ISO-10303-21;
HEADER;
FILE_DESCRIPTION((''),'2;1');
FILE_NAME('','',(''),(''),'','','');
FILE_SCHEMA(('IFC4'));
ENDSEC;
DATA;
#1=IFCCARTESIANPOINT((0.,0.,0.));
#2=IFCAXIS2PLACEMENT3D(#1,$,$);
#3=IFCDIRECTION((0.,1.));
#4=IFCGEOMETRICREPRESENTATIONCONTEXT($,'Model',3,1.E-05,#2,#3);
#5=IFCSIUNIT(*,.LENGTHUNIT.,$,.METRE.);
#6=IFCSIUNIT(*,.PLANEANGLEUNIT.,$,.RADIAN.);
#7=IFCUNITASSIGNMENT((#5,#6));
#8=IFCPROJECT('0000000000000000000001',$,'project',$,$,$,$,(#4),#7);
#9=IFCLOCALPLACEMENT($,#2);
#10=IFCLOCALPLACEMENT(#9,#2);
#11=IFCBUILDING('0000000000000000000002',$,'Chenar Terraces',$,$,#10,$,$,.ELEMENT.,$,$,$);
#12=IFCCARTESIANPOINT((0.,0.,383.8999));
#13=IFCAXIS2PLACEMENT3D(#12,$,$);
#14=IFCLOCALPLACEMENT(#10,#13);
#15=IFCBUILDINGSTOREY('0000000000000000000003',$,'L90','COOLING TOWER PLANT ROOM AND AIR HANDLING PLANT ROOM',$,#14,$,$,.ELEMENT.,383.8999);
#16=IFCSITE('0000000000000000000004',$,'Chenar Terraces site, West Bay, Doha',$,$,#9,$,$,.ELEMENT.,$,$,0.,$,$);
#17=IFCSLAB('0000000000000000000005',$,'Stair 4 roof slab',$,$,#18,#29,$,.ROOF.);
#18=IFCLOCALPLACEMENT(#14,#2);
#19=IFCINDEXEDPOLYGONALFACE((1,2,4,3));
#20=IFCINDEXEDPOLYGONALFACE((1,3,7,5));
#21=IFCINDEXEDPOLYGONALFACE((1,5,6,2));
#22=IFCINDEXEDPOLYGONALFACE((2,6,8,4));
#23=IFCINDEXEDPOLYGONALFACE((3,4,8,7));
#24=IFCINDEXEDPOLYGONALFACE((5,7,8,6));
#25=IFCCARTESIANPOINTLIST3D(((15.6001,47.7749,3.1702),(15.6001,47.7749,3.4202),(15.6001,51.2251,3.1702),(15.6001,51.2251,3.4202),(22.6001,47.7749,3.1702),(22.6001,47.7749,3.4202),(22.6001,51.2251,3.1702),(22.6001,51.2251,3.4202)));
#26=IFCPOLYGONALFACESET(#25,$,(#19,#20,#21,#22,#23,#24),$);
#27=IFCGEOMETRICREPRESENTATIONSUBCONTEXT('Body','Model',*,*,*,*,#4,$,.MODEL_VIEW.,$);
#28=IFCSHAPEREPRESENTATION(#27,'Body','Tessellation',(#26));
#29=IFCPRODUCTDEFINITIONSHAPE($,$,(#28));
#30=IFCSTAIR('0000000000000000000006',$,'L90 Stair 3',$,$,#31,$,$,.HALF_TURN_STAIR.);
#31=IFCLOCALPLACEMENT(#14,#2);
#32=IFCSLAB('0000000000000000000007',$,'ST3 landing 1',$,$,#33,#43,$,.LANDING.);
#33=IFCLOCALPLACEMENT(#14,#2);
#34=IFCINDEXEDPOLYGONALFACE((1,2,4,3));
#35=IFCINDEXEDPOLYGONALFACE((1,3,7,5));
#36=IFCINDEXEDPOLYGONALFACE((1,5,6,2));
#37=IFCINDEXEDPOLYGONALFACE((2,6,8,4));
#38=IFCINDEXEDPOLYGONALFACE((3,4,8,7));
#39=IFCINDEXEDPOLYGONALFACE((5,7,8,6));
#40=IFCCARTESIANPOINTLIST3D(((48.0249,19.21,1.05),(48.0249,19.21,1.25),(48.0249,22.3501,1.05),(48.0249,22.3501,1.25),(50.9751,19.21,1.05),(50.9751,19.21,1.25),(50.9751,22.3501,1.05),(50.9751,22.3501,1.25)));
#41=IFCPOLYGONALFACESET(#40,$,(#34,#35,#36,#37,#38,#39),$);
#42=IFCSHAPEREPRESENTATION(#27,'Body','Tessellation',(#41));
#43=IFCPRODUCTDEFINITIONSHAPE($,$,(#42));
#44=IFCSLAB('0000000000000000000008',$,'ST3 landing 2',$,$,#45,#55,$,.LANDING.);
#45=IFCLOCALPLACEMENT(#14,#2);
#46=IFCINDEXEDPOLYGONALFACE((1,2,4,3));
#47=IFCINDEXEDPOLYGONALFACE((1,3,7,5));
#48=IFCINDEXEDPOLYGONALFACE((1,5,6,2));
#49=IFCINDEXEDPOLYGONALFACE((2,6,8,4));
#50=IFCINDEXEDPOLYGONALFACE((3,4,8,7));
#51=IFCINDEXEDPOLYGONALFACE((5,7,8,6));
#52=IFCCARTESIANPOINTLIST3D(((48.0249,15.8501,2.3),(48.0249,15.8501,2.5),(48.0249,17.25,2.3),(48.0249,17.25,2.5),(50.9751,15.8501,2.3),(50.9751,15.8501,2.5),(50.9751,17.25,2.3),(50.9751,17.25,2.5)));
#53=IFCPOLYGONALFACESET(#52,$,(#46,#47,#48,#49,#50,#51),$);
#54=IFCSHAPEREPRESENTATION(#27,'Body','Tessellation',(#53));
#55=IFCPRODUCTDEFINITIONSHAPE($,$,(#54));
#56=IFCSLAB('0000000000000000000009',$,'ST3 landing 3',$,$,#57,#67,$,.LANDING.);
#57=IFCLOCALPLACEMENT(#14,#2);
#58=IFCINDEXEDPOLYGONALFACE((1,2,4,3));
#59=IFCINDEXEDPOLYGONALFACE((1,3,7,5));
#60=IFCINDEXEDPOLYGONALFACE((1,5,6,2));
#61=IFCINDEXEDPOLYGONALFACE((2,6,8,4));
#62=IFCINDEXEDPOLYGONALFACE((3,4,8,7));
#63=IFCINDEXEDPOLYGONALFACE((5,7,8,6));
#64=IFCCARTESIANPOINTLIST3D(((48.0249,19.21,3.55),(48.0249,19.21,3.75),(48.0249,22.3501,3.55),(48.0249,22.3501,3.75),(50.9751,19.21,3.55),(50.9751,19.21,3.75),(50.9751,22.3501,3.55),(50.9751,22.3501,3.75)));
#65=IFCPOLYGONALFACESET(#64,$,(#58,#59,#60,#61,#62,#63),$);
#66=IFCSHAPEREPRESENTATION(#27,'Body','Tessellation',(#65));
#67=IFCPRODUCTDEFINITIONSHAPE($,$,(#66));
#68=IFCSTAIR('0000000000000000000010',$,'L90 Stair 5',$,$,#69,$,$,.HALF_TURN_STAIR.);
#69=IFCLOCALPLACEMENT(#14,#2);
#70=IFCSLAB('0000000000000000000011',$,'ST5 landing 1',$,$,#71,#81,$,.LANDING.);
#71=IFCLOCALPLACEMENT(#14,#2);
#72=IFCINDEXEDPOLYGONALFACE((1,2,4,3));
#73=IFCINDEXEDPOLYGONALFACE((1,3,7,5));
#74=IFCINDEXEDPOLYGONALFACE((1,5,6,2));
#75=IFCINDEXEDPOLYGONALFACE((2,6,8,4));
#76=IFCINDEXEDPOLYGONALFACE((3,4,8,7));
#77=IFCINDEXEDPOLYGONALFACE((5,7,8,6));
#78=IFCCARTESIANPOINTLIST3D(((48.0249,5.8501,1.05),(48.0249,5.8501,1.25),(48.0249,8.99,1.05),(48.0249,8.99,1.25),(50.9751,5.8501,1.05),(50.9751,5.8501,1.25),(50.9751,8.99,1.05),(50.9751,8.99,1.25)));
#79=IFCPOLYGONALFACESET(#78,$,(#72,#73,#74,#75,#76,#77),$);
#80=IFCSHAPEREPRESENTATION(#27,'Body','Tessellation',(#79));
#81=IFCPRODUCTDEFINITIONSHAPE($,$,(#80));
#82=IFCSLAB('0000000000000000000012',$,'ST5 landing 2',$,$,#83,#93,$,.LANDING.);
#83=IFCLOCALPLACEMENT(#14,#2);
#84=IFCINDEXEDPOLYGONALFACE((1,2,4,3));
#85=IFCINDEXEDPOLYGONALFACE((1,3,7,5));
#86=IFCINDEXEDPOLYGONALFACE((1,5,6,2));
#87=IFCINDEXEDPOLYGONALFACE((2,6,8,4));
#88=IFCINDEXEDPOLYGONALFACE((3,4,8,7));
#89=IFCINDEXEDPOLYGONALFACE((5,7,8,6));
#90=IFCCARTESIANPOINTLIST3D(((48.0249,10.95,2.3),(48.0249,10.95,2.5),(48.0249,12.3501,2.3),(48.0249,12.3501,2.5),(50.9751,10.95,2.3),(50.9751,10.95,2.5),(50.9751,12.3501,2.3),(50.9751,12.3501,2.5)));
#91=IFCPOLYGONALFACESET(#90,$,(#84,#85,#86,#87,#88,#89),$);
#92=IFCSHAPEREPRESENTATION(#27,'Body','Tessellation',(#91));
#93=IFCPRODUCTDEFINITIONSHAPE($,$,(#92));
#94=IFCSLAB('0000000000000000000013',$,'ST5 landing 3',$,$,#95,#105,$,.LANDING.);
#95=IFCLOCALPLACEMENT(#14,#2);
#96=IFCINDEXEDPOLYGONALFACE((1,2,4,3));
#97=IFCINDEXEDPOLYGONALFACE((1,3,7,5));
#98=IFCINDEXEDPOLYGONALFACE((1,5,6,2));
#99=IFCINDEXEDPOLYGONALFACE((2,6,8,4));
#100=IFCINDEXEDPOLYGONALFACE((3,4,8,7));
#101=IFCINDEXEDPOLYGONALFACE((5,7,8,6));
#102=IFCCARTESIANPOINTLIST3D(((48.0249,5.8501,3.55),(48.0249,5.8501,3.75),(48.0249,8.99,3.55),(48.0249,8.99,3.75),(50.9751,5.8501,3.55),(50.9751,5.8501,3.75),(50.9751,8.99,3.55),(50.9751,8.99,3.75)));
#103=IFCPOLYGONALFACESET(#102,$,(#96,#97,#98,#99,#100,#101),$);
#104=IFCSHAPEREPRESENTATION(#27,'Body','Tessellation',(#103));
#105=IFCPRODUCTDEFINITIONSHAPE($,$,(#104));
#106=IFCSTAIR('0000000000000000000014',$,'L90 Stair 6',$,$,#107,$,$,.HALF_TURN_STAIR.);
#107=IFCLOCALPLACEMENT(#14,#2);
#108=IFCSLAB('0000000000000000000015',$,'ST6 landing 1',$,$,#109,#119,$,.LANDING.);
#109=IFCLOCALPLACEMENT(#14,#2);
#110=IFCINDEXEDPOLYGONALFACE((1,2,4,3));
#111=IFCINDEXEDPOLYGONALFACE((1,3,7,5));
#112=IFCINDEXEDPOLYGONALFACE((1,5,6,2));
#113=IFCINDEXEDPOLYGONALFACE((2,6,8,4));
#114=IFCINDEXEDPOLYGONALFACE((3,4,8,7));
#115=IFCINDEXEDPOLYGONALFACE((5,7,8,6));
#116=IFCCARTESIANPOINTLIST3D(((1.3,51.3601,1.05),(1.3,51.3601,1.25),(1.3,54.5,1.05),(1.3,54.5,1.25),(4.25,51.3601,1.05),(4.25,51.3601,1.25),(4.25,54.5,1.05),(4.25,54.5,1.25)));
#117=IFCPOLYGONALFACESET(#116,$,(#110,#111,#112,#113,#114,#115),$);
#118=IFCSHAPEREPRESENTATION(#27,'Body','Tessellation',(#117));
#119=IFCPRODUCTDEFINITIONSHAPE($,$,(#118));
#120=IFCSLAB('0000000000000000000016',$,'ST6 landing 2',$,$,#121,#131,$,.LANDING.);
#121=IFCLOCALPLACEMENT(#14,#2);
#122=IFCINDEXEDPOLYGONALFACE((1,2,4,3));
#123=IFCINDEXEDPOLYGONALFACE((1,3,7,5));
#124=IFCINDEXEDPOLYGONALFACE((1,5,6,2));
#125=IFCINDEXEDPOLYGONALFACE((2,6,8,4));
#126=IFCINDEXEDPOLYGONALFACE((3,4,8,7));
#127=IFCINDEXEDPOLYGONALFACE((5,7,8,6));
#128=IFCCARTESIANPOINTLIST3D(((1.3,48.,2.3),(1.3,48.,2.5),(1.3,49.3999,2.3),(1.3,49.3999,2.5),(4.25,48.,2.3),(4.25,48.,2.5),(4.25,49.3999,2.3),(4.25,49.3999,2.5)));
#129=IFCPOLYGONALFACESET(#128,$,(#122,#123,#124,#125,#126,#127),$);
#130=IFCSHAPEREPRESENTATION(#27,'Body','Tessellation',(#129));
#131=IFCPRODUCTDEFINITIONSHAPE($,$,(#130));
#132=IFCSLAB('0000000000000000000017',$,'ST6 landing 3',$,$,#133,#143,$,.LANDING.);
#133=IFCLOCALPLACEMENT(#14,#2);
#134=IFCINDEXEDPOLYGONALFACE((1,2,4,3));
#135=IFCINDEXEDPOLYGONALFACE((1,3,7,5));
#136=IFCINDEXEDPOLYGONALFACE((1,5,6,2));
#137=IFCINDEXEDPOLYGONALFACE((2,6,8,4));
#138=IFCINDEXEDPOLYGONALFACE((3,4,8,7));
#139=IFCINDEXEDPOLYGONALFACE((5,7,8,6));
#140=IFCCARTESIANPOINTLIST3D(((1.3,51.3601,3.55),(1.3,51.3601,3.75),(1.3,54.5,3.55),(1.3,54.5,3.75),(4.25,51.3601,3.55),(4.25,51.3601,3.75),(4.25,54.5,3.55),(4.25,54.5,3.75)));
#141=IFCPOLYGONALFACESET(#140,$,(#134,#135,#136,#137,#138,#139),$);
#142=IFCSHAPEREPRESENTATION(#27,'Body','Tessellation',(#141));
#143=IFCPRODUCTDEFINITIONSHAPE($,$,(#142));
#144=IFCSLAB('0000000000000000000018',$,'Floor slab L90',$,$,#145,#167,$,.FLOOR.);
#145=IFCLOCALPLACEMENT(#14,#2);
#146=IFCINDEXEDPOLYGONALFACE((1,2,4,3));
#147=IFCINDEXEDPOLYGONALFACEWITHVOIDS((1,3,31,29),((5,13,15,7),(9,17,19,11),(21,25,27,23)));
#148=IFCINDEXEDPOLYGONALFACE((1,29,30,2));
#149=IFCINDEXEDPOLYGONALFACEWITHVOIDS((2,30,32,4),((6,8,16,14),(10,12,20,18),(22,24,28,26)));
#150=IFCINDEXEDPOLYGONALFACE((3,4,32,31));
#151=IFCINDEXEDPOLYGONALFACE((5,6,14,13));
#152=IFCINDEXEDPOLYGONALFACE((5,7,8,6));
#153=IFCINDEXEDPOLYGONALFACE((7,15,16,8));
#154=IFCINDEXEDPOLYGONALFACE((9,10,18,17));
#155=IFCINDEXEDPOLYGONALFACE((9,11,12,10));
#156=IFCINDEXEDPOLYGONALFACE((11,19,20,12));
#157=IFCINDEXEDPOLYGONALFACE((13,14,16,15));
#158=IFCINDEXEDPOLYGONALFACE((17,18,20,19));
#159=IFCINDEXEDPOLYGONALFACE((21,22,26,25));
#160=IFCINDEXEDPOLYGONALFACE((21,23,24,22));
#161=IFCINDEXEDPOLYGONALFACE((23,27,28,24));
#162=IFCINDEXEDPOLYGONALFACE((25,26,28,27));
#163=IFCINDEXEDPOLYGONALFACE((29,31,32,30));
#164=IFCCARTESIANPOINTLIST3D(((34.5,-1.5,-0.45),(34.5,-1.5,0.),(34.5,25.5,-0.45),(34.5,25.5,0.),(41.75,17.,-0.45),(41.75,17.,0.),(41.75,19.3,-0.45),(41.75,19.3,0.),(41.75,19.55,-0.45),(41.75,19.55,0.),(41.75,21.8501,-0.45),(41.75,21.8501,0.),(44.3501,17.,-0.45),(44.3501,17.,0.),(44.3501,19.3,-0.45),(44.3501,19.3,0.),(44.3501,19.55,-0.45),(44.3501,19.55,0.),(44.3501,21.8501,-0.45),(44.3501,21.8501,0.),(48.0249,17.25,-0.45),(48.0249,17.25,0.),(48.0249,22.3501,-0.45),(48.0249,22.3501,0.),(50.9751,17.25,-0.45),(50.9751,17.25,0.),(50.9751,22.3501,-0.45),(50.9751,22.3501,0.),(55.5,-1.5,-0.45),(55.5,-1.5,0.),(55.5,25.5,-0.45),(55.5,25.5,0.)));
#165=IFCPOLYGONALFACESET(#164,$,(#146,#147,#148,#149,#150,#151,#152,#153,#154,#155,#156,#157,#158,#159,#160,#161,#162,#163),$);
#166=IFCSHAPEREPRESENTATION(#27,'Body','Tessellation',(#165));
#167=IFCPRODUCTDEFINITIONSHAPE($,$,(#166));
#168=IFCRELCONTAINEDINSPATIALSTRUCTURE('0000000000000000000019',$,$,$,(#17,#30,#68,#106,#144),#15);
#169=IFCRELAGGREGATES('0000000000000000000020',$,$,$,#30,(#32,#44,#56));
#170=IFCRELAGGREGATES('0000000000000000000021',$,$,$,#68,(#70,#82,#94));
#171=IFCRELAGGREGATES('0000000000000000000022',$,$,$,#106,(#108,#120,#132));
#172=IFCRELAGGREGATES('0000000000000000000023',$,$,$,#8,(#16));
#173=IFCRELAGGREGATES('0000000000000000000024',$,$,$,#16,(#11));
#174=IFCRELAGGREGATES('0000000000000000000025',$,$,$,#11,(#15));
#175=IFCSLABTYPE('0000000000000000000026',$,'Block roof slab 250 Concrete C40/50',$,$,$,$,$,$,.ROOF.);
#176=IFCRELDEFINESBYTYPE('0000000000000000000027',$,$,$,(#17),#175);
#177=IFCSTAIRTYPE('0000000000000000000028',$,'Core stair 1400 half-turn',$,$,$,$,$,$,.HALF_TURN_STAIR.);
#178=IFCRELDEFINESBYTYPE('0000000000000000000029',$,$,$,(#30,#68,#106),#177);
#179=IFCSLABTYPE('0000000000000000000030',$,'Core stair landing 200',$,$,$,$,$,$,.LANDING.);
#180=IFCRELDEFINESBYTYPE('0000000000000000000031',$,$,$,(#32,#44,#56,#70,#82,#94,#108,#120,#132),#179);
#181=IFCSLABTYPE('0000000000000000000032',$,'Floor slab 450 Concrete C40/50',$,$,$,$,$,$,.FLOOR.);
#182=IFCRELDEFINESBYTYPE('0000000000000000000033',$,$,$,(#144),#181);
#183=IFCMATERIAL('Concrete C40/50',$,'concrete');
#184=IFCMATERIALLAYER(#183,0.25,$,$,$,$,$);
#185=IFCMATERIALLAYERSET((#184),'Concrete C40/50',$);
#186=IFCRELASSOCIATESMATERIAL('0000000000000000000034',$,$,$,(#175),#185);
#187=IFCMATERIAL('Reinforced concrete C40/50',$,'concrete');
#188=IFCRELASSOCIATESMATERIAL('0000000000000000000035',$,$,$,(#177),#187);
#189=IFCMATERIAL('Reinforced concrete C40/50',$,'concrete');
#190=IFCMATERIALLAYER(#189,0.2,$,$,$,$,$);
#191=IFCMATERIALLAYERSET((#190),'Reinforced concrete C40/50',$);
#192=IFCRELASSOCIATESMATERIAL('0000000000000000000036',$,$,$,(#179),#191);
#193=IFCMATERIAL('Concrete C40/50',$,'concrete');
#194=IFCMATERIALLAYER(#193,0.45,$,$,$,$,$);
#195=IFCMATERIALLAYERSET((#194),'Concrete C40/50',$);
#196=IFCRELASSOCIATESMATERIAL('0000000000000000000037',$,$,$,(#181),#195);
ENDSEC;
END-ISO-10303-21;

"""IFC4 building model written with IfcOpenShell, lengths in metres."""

from ifc_helpers import new_model, si_unit, direction, frame, origin, place, context, subcontext, project, spatial, polyline, outline, extrude, material, layer, layer_set, type_object, element, aggregate, save


model = new_model("IFC4")

# Units and contexts
model_context = context("Model", 3, precision=1e-05, world=origin(), true_north=direction((0.0, 1.0)))
body_context = subcontext(model_context, "Body", "Model", "MODEL_VIEW")
ifc_project = project(units=[si_unit("LENGTHUNIT", "METRE"), si_unit("PLANEANGLEUNIT", "RADIAN")], contexts=[model_context])

# Site, building, storey
site_placement = place(None, origin())
site = spatial("IfcSite", under=ifc_project, at=site_placement, Name="Chenar Terraces site, West Bay, Doha", CompositionType="ELEMENT", RefElevation=0.0)
building_placement = place(site_placement, origin())
building = spatial("IfcBuilding", under=site, at=building_placement, Name="Chenar Terraces", CompositionType="ELEMENT")
storey_placement = place(building_placement, frame((0.0, 0.0, 383.8999)))
storey = spatial("IfcBuildingStorey", under=building, at=storey_placement, Name="L90", Description="COOLING TOWER PLANT ROOM AND AIR HANDLING PLANT ROOM", CompositionType="ELEMENT", Elevation=383.8999)

# Slab
ifc_material_1 = material(Name="Concrete C40/50", Category="concrete")
ifc_layer_1 = layer(ifc_material_1, 0.25)
ifc_layer_set_1 = layer_set([ifc_layer_1], Name="Concrete C40/50")
slab_type_1 = type_object("IfcSlabType", Name="Block roof slab 250 Concrete C40/50", PredefinedType="ROOF", material=ifc_layer_set_1)
slab_1_placement = place(storey_placement, frame((0.0, 0.0, 3.1702)))
element("IfcSlab", 1, at=slab_1_placement, inside=storey, type_object=slab_type_1, Name="Stair 4 roof slab", PredefinedType="ROOF", context=body_context, shape_type="SweptSolid", body=[
    extrude(outline(polyline([(22.6001, 47.7749), (22.6001, 51.2251), (15.6001, 51.2251), (15.6001, 47.7749), (22.6001, 47.7749)])), origin(), (0.0, 0.0, 1.0), 0.25),
])

# Stairs, slabs
ifc_material_2 = material(Name="Reinforced concrete C40/50", Category="concrete")
stair_type = type_object("IfcStairType", Name="Core stair 1400 half-turn", PredefinedType="HALF_TURN_STAIR", material=ifc_material_2)
placement_1 = place(storey_placement, origin())
stair_1 = element("IfcStair", 2, at=placement_1, inside=storey, type_object=stair_type, Name="L90 Stair 3", PredefinedType="HALF_TURN_STAIR")
ifc_material_3 = material(Name="Reinforced concrete C40/50", Category="concrete")
ifc_layer_2 = layer(ifc_material_3, 0.2)
ifc_layer_set_2 = layer_set([ifc_layer_2], Name="Reinforced concrete C40/50")
slab_type_2 = type_object("IfcSlabType", Name="Core stair landing 200", PredefinedType="LANDING", material=ifc_layer_set_2)
placement_2 = place(storey_placement, frame((0.0, 0.0, 1.05)))
slab_2 = element("IfcSlab", 3, at=placement_2, type_object=slab_type_2, Name="ST3 landing 1", PredefinedType="LANDING", context=body_context, shape_type="SweptSolid", body=[
    extrude(outline(polyline([(50.9751, 19.21), (50.9751, 22.3501), (48.0249, 22.3501), (48.0249, 19.21), (50.9751, 19.21)])), origin(), (0.0, 0.0, 1.0), 0.2),
])
placement_3 = place(storey_placement, frame((0.0, 0.0, 2.3)))
slab_3 = element("IfcSlab", 4, at=placement_3, type_object=slab_type_2, Name="ST3 landing 2", PredefinedType="LANDING", context=body_context, shape_type="SweptSolid", body=[
    extrude(outline(polyline([(50.9751, 15.8501), (50.9751, 17.25), (48.0249, 17.25), (48.0249, 15.8501), (50.9751, 15.8501)])), origin(), (0.0, 0.0, 1.0), 0.2),
])
placement_4 = place(storey_placement, frame((0.0, 0.0, 3.55)))
slab_4 = element("IfcSlab", 5, at=placement_4, type_object=slab_type_2, Name="ST3 landing 3", PredefinedType="LANDING", context=body_context, shape_type="SweptSolid", body=[
    extrude(outline(polyline([(50.9751, 19.21), (50.9751, 22.3501), (48.0249, 22.3501), (48.0249, 19.21), (50.9751, 19.21)])), origin(), (0.0, 0.0, 1.0), 0.2),
])
aggregate(stair_1, [slab_2, slab_3, slab_4])
stair_2 = element("IfcStair", 6, at=placement_1, inside=storey, type_object=stair_type, Name="L90 Stair 5", PredefinedType="HALF_TURN_STAIR")
slab_5 = element("IfcSlab", 7, at=placement_2, type_object=slab_type_2, Name="ST5 landing 1", PredefinedType="LANDING", context=body_context, shape_type="SweptSolid", body=[
    extrude(outline(polyline([(48.0249, 8.99), (48.0249, 5.8501), (50.9751, 5.8501), (50.9751, 8.99), (48.0249, 8.99)])), origin(), (0.0, 0.0, 1.0), 0.2),
])
slab_6 = element("IfcSlab", 8, at=placement_3, type_object=slab_type_2, Name="ST5 landing 2", PredefinedType="LANDING", context=body_context, shape_type="SweptSolid", body=[
    extrude(outline(polyline([(48.0249, 12.3501), (48.0249, 10.95), (50.9751, 10.95), (50.9751, 12.3501), (48.0249, 12.3501)])), origin(), (0.0, 0.0, 1.0), 0.2),
])
slab_7 = element("IfcSlab", 9, at=placement_4, type_object=slab_type_2, Name="ST5 landing 3", PredefinedType="LANDING", context=body_context, shape_type="SweptSolid", body=[
    extrude(outline(polyline([(48.0249, 8.99), (48.0249, 5.8501), (50.9751, 5.8501), (50.9751, 8.99), (48.0249, 8.99)])), origin(), (0.0, 0.0, 1.0), 0.2),
])
aggregate(stair_2, [slab_5, slab_6, slab_7])
stair_3 = element("IfcStair", 10, at=placement_1, inside=storey, type_object=stair_type, Name="L90 Stair 6", PredefinedType="HALF_TURN_STAIR")
slab_8 = element("IfcSlab", 11, at=placement_2, type_object=slab_type_2, Name="ST6 landing 1", PredefinedType="LANDING", context=body_context, shape_type="SweptSolid", body=[
    extrude(outline(polyline([(4.25, 51.3601), (4.25, 54.5), (1.3, 54.5), (1.3, 51.3601), (4.25, 51.3601)])), origin(), (0.0, 0.0, 1.0), 0.2),
])
slab_9 = element("IfcSlab", 12, at=placement_3, type_object=slab_type_2, Name="ST6 landing 2", PredefinedType="LANDING", context=body_context, shape_type="SweptSolid", body=[
    extrude(outline(polyline([(4.25, 48.0), (4.25, 49.3999), (1.3, 49.3999), (1.3, 48.0), (4.25, 48.0)])), origin(), (0.0, 0.0, 1.0), 0.2),
])
slab_10 = element("IfcSlab", 13, at=placement_4, type_object=slab_type_2, Name="ST6 landing 3", PredefinedType="LANDING", context=body_context, shape_type="SweptSolid", body=[
    extrude(outline(polyline([(4.25, 51.3601), (4.25, 54.5), (1.3, 54.5), (1.3, 51.3601), (4.25, 51.3601)])), origin(), (0.0, 0.0, 1.0), 0.2),
])
aggregate(stair_3, [slab_8, slab_9, slab_10])

# Slab
ifc_material_4 = material(Name="Concrete C40/50", Category="concrete")
ifc_layer_3 = layer(ifc_material_4, 0.45)
ifc_layer_set_3 = layer_set([ifc_layer_3], Name="Concrete C40/50")
slab_type_3 = type_object("IfcSlabType", Name="Floor slab 450 Concrete C40/50", PredefinedType="FLOOR", material=ifc_layer_set_3)
placement_5 = place(storey_placement, frame((0.0, 0.0, -0.45)))
element("IfcSlab", 14, at=placement_5, inside=storey, type_object=slab_type_3, Name="Floor slab L90", PredefinedType="FLOOR", context=body_context, shape_type="SweptSolid", body=[
    extrude(outline(polyline([(34.5, 25.5), (55.5, 25.5), (55.5, -1.5), (34.5, -1.5), (34.5, 25.5)]), holes=[polyline([(41.75, 19.3), (41.75, 17.0), (44.3501, 17.0), (44.3501, 19.3), (41.75, 19.3)]), polyline([(50.9751, 22.3501), (48.0249, 22.3501), (48.0249, 17.25), (50.9751, 17.25), (50.9751, 22.3501)]), polyline([(44.3501, 21.8501), (41.75, 21.8501), (41.75, 19.55), (44.3501, 19.55), (44.3501, 21.8501)])]), origin(), (0.0, 0.0, 1.0), 0.45),
])

save(model, "model.ifc")
